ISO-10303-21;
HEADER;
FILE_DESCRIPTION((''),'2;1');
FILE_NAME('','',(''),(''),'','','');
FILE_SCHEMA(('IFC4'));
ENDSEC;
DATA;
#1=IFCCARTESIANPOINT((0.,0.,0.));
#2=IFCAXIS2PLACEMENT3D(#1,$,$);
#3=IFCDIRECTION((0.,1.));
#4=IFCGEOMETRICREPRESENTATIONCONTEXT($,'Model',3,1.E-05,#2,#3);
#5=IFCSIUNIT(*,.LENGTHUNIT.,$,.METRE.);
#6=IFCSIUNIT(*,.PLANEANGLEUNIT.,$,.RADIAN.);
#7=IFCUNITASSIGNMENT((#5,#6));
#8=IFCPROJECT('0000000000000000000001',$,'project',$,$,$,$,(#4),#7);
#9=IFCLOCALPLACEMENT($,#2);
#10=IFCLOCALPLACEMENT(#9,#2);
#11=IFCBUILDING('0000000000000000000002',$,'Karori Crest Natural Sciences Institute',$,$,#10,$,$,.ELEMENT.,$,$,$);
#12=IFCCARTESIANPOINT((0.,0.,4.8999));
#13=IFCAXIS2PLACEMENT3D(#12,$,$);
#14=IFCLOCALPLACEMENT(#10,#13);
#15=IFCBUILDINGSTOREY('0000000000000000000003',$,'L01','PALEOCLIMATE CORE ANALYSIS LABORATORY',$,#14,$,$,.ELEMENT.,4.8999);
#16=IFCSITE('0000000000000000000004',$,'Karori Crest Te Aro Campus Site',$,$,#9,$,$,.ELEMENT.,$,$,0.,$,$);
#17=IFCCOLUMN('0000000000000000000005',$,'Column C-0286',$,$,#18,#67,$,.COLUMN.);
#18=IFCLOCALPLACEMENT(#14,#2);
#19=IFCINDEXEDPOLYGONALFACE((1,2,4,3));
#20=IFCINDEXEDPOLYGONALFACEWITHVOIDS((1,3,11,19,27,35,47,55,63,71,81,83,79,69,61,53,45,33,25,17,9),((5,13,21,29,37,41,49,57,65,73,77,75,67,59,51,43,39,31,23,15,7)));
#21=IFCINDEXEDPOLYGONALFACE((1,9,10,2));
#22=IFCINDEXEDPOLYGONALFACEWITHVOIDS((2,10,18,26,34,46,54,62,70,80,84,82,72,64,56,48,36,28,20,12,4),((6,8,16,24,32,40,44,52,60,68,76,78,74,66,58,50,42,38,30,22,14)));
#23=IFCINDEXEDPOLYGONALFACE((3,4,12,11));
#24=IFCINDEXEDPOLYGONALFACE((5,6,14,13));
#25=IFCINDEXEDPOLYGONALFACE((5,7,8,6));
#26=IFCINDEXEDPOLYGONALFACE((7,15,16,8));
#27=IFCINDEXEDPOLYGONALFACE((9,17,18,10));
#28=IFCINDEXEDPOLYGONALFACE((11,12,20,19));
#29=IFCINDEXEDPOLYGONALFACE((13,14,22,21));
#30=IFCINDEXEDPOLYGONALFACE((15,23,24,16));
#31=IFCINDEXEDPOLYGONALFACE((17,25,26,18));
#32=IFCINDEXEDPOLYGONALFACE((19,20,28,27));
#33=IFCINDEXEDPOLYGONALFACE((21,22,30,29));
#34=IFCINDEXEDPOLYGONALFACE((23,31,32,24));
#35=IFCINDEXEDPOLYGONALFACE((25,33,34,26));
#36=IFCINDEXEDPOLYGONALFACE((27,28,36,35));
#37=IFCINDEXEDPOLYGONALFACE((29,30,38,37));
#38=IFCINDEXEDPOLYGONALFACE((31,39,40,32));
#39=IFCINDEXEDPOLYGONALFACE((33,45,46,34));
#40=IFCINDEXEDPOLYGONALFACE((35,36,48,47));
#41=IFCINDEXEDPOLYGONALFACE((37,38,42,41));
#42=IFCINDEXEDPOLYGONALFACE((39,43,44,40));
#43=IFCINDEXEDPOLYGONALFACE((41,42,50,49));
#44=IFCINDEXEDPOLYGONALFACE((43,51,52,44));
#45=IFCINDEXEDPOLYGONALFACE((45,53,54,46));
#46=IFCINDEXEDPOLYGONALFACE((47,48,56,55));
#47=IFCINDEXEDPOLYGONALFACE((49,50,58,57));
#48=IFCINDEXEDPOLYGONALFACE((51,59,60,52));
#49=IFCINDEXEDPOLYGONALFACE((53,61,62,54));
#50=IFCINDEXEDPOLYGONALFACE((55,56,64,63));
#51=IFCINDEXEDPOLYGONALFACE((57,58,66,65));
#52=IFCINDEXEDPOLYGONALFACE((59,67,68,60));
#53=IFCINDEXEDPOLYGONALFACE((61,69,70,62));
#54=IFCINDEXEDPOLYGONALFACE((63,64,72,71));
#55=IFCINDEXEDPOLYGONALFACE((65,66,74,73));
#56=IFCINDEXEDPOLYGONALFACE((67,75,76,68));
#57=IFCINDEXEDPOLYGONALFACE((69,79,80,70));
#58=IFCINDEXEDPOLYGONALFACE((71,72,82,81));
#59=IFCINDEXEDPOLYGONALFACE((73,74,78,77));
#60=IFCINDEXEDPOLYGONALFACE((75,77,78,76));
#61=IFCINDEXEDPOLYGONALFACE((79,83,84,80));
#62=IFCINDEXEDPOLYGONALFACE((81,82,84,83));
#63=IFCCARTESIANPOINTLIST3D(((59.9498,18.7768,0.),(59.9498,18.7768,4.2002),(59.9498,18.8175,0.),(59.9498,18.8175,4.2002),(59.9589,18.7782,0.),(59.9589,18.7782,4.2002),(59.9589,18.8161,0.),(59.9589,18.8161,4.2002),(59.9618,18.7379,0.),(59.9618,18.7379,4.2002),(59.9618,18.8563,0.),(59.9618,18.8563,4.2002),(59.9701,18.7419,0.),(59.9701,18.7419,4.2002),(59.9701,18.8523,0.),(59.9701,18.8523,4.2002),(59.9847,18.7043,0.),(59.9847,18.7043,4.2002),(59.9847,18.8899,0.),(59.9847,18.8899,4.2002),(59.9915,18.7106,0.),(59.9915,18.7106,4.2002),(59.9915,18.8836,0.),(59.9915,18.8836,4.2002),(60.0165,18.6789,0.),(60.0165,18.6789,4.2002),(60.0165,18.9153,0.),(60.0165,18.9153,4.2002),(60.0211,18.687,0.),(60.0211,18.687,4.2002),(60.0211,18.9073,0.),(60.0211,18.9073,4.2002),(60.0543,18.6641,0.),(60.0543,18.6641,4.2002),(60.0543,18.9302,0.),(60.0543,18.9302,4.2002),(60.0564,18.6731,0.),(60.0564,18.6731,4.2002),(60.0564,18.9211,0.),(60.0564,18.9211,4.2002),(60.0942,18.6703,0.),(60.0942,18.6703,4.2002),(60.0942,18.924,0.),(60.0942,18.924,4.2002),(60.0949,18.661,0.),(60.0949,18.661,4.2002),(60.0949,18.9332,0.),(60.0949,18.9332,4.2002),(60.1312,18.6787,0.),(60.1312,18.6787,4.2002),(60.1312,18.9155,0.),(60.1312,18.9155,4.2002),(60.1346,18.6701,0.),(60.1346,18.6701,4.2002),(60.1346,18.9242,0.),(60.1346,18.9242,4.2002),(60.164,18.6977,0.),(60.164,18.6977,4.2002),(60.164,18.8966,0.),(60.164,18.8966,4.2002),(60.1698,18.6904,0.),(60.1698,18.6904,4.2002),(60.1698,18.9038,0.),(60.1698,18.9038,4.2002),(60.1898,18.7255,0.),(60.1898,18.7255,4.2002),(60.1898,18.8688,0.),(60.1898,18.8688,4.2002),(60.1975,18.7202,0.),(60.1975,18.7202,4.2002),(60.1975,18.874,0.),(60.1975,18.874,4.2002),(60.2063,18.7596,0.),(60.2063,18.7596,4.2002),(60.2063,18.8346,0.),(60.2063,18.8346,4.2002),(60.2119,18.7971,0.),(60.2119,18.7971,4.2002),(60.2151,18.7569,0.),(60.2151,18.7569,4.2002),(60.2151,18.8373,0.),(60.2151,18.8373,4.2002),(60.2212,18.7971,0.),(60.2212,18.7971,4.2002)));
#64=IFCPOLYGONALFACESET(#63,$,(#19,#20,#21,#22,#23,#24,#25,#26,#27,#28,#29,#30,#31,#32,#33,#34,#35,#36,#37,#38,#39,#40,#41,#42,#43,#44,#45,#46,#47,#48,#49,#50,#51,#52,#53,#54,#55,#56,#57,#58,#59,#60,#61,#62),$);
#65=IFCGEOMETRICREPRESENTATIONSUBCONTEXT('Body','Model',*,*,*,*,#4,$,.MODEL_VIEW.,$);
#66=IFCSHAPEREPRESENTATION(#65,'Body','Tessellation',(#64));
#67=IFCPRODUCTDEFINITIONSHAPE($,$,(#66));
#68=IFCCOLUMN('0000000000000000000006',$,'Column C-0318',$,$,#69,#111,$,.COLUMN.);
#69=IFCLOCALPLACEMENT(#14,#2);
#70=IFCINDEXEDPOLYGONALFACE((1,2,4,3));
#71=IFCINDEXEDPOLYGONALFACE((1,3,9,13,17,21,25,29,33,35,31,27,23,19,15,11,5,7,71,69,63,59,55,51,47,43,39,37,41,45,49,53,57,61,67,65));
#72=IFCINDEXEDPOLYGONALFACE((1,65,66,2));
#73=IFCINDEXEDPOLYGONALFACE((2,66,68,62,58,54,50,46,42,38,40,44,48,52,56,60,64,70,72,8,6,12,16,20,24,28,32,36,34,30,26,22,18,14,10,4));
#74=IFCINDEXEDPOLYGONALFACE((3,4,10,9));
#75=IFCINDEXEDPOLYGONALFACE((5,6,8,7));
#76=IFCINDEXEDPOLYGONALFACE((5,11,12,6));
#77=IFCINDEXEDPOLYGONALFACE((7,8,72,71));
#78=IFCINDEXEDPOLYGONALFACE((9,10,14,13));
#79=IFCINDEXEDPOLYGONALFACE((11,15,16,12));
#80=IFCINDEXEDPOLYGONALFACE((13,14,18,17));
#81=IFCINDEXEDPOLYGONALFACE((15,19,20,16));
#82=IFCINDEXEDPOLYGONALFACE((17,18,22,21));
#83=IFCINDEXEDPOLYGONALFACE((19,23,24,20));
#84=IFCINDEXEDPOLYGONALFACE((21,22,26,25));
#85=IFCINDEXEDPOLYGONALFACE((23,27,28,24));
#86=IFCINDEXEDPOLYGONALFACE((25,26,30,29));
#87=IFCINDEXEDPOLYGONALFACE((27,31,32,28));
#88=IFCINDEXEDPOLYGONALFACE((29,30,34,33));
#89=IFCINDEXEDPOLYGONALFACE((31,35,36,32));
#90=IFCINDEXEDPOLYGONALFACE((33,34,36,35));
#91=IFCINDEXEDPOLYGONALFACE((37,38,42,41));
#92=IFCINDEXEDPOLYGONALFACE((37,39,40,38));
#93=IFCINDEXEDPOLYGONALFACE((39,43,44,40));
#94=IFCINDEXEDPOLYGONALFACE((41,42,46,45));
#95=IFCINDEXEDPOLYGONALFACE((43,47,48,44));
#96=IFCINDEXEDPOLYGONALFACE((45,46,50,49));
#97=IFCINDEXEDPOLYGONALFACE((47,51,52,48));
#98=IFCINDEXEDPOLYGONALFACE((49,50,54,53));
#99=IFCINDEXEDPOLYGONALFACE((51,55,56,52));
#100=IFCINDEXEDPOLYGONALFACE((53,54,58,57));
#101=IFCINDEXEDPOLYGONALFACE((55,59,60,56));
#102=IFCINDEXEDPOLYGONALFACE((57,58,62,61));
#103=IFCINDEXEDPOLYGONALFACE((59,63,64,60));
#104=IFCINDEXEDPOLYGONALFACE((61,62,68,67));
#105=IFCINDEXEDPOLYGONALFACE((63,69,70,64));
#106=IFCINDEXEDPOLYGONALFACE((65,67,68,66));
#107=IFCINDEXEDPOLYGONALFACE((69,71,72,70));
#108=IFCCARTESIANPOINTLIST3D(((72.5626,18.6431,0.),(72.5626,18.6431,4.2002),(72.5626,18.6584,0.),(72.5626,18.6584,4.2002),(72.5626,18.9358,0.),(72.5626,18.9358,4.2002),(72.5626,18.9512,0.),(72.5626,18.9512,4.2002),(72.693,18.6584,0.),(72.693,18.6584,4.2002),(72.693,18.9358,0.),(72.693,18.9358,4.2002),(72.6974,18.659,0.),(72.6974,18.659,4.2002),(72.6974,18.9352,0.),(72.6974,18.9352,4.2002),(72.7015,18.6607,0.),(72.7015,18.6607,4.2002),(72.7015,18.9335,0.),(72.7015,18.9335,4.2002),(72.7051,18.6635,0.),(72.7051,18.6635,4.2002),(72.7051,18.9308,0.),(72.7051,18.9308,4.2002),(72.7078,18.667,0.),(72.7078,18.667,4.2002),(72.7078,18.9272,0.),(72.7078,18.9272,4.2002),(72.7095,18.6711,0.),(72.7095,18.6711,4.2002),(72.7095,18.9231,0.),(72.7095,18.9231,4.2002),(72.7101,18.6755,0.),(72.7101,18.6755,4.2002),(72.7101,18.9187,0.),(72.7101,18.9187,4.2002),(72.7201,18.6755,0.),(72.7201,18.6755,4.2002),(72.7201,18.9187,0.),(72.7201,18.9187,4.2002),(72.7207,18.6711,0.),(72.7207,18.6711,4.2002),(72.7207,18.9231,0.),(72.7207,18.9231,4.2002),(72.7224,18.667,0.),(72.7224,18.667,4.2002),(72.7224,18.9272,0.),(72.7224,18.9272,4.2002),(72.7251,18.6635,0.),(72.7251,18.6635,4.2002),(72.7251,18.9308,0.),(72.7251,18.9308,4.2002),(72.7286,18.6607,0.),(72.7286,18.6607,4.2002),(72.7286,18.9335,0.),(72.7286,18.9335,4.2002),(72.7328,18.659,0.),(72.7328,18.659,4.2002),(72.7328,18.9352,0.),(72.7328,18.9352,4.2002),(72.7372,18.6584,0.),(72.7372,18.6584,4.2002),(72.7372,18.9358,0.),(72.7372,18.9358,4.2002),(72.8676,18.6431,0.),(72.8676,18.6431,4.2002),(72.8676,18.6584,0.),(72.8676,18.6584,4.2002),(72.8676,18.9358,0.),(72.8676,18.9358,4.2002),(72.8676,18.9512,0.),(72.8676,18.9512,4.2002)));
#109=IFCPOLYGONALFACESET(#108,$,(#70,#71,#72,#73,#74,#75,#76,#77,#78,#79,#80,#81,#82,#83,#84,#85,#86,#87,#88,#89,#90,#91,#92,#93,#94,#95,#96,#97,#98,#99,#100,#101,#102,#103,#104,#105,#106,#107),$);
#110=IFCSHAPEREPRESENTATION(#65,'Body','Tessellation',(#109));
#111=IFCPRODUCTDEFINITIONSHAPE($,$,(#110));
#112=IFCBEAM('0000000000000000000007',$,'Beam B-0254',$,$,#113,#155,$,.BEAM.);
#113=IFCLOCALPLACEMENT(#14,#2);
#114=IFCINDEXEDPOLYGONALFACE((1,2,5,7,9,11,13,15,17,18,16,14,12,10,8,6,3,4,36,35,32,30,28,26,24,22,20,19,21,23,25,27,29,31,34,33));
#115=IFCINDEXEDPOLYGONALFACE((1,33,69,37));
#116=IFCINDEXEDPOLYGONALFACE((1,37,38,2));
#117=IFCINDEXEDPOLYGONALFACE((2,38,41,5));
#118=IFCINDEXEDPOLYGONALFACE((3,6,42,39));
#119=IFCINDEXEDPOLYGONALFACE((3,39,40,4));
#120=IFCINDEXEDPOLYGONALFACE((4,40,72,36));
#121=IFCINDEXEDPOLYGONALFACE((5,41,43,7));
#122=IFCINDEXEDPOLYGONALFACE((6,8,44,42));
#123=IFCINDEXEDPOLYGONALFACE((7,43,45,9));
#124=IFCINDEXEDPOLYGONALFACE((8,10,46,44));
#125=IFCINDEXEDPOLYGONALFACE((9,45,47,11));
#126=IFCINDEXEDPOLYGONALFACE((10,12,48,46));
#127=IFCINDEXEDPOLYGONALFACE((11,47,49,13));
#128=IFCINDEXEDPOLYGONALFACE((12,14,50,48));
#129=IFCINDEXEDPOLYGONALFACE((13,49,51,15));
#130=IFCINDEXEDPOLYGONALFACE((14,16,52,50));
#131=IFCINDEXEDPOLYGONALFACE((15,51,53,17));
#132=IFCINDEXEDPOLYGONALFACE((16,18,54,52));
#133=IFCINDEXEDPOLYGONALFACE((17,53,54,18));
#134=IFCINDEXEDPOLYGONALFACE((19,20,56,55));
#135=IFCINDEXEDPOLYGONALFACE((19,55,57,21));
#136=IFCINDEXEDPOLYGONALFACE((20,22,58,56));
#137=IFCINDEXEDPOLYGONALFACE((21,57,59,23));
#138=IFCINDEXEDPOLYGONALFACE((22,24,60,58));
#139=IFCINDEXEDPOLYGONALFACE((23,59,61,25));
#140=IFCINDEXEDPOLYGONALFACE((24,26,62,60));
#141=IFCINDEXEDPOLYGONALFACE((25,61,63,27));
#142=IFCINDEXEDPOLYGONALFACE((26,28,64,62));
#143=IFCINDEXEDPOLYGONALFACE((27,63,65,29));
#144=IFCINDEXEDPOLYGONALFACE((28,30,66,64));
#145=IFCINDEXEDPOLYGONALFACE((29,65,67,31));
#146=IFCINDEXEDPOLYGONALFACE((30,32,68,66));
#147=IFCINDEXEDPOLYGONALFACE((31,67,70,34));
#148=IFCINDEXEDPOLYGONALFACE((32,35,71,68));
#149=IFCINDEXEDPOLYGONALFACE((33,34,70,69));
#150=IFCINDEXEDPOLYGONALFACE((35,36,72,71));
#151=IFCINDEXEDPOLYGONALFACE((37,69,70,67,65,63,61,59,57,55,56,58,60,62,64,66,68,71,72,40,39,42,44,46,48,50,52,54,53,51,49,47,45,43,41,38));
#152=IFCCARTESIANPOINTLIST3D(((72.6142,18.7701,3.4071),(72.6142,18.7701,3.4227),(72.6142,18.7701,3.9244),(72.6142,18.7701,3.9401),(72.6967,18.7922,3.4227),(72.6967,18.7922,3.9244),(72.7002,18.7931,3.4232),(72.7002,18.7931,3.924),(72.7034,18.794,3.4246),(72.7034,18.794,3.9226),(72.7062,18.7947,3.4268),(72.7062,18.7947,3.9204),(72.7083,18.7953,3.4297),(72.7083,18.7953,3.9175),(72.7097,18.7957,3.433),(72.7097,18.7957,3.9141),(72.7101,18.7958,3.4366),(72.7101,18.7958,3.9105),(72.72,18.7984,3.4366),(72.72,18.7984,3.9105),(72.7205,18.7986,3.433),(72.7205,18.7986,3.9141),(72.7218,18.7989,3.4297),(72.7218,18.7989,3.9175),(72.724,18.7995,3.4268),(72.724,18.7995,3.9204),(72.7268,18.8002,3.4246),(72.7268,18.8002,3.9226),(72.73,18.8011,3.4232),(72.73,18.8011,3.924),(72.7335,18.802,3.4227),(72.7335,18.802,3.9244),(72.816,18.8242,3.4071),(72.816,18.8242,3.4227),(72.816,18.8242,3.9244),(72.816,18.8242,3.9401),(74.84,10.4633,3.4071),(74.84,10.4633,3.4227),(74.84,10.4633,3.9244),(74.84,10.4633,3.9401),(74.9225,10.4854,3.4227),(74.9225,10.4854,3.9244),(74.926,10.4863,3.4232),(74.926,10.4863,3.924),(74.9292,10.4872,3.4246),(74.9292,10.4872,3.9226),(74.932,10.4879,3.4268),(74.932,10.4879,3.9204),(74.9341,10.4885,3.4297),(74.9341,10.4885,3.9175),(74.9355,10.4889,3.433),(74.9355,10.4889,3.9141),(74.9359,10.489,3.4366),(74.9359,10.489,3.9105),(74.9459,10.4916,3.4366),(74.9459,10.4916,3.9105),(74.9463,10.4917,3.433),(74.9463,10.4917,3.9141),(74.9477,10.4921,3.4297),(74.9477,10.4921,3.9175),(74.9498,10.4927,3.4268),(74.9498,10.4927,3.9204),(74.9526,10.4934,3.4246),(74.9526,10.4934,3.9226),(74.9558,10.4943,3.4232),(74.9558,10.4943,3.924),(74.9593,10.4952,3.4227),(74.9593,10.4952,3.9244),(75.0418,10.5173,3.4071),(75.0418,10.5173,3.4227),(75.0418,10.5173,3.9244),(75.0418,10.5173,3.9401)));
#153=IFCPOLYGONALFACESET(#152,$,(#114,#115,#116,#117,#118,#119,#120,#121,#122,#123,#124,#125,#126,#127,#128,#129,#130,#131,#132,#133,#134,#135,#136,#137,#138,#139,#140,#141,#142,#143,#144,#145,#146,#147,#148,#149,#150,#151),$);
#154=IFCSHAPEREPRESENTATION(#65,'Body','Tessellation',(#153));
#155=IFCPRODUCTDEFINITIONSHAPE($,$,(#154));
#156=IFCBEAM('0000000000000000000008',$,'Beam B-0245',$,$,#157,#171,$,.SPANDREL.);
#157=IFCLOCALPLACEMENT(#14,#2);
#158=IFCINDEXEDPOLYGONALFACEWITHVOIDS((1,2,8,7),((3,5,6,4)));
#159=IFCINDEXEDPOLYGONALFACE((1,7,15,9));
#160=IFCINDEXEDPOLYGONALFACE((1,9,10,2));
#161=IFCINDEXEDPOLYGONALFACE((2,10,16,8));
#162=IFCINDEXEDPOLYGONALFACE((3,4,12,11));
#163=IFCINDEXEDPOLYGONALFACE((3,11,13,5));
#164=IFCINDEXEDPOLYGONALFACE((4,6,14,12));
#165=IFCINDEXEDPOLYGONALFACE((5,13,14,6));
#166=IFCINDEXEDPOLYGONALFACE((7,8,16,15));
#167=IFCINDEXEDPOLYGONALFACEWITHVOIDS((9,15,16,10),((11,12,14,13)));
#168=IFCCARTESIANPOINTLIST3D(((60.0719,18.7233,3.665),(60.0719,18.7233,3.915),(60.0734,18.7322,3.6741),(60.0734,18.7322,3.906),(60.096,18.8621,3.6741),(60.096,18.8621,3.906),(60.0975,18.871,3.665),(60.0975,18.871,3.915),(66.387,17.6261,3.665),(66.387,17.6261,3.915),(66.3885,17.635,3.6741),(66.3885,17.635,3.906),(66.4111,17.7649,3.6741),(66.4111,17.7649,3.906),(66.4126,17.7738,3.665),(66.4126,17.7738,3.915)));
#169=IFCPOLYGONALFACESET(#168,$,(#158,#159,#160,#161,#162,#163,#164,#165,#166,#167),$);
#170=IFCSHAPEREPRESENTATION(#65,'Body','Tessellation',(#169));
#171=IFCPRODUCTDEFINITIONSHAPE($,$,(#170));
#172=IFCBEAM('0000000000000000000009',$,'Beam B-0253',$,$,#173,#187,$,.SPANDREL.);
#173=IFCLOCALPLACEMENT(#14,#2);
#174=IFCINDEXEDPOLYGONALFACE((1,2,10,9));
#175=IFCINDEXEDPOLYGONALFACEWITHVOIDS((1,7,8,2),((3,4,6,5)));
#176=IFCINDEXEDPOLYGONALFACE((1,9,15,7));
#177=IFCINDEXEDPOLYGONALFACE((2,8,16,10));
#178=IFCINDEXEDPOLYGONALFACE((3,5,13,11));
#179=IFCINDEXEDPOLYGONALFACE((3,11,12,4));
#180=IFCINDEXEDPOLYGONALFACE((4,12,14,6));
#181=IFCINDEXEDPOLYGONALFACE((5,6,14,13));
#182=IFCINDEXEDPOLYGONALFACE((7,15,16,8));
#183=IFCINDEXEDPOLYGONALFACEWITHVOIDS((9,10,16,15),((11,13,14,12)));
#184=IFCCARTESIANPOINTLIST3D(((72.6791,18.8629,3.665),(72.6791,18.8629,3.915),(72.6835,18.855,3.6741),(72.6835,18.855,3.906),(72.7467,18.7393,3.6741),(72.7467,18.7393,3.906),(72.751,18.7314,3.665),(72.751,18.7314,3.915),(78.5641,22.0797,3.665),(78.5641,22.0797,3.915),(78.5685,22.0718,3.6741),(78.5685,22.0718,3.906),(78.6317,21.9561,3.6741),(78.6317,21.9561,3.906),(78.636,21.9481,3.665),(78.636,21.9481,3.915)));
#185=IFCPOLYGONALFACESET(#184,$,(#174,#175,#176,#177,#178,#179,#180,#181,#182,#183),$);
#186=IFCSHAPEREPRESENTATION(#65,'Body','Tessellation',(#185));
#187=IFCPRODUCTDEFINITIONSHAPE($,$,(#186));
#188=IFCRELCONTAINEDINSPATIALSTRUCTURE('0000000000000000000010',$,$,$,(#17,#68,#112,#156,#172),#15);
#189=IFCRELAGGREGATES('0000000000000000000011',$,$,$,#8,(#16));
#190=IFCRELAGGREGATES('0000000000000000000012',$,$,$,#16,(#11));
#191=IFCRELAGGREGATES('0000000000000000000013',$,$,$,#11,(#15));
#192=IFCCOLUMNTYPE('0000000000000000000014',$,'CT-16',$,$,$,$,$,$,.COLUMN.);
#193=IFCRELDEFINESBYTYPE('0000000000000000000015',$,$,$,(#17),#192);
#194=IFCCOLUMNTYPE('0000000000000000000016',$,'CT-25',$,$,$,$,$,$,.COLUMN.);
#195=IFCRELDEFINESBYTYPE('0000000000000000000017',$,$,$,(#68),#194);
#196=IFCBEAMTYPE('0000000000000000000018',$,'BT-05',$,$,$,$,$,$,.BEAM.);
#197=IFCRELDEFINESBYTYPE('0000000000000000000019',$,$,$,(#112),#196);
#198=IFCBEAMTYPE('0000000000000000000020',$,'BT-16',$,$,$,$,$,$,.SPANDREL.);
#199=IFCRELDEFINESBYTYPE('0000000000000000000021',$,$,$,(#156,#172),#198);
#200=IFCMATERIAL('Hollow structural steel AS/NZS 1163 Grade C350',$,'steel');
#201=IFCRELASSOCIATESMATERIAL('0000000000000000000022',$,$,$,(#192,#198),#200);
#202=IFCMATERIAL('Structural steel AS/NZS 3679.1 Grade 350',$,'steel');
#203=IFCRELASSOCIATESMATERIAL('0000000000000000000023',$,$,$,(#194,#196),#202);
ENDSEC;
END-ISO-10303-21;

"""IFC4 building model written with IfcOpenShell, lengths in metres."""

from ifc_helpers import new_model, si_unit, direction, frame, origin, origin_2d, place, context, subcontext, project, spatial, hollow_rectangle, hollow_circle, i_section, extrude, material, material_profile, profile_set, type_object, element, save


model = new_model("IFC4")

# Units and contexts
model_context = context("Model", 3, precision=1e-05, world=origin(), true_north=direction((0.0, 1.0)))
body_context = subcontext(model_context, "Body", "Model", "MODEL_VIEW")
ifc_project = project(units=[si_unit("LENGTHUNIT", "METRE"), si_unit("PLANEANGLEUNIT", "RADIAN")], contexts=[model_context])

# Site, building, storey
site_placement = place(None, origin())
site = spatial("IfcSite", under=ifc_project, at=site_placement, Name="Karori Crest Te Aro Campus Site", CompositionType="ELEMENT", RefElevation=0.0)
building_placement = place(site_placement, origin())
building = spatial("IfcBuilding", under=site, at=building_placement, Name="Karori Crest Natural Sciences Institute", CompositionType="ELEMENT")
storey_placement = place(building_placement, frame((0.0, 0.0, 4.8999)))
storey = spatial("IfcBuildingStorey", under=building, at=storey_placement, Name="L01", Description="PALEOCLIMATE CORE ANALYSIS LABORATORY", CompositionType="ELEMENT", Elevation=4.8999)

# Columns
ifc_material_1 = material(Name="Hollow structural steel AS/NZS 1163 Grade C350", Category="steel")
ifc_material_profile_1 = material_profile(ifc_material_1, hollow_circle(Radius=0.1365, WallThickness=0.0093, at=origin_2d()), Name="CHS273.0x9.3")
ifc_profile_set_1 = profile_set([ifc_material_profile_1], Name="Hollow structural steel AS/NZS 1163 Grade C350")
column_type_1 = type_object("IfcColumnType", Name="CT-16", PredefinedType="COLUMN", material=ifc_profile_set_1)
column_1_placement = place(storey_placement, frame((60.0847, 18.7971, 0.0), z_axis=(0.0, 0.0, 1.0), x_axis=(1.0, 0.0, 0.0)))
element("IfcColumn", 1, at=column_1_placement, inside=storey, type_object=column_type_1, Name="Column C-0286", PredefinedType="COLUMN", context=body_context, shape_type="SweptSolid", body=[
    extrude(hollow_circle(Radius=0.1365, WallThickness=0.0093, at=origin_2d()), origin(), (0.0, 0.0, 1.0), 4.2002),
])
ifc_material_2 = material(Name="Structural steel AS/NZS 3679.1 Grade 350", Category="steel")
ifc_material_profile_2 = material_profile(ifc_material_2, i_section(OverallWidth=0.3049, OverallDepth=0.3081, WebThickness=0.01, FlangeThickness=0.0154, FilletRadius=0.0171, at=origin_2d()), Name="310UC96.8")
ifc_profile_set_2 = profile_set([ifc_material_profile_2], Name="Structural steel AS/NZS 3679.1 Grade 350")
column_type_2 = type_object("IfcColumnType", Name="CT-25", PredefinedType="COLUMN", material=ifc_profile_set_2)
column_2_placement = place(storey_placement, frame((72.7151, 18.7971, 0.0), z_axis=(0.0, 0.0, 1.0), x_axis=(1.0, 0.0, 0.0)))
element("IfcColumn", 2, at=column_2_placement, inside=storey, type_object=column_type_2, Name="Column C-0318", PredefinedType="COLUMN", context=body_context, shape_type="SweptSolid", body=[
    extrude(i_section(OverallWidth=0.3049, OverallDepth=0.3081, WebThickness=0.01, FlangeThickness=0.0154, FilletRadius=0.0171, at=origin_2d()), origin(), (0.0, 0.0, 1.0), 4.2002),
])

# Beams
ifc_material_profile_3 = material_profile(ifc_material_2, i_section(OverallWidth=0.209, OverallDepth=0.533, WebThickness=0.0103, FlangeThickness=0.0156, FilletRadius=0.0139, at=origin_2d()), Name="530UB92.4")
ifc_profile_set_3 = profile_set([ifc_material_profile_3], Name="Structural steel AS/NZS 3679.1 Grade 350")
beam_type_1 = type_object("IfcBeamType", Name="BT-05", PredefinedType="BEAM", material=ifc_profile_set_3)
beam_1_placement = place(storey_placement, frame((72.7151, 18.7971, 3.6736), z_axis=(0.25882, -0.965926, 0.0), x_axis=(0.965926, 0.25882, 0.0)))
element("IfcBeam", 3, at=beam_1_placement, inside=storey, type_object=beam_type_1, Name="Beam B-0254", PredefinedType="BEAM", context=body_context, shape_type="SweptSolid", body=[
    extrude(i_section(OverallWidth=0.209, OverallDepth=0.533, WebThickness=0.0103, FlangeThickness=0.0156, FilletRadius=0.0139, at=origin_2d()), origin(), (0.0, 0.0, 1.0), 8.5999),
])
ifc_material_profile_4 = material_profile(ifc_material_1, hollow_rectangle(XDim=0.1499, YDim=0.25, WallThickness=0.009, at=origin_2d()), Name="RHS250x150x9")
ifc_profile_set_4 = profile_set([ifc_material_profile_4], Name="Hollow structural steel AS/NZS 1163 Grade C350")
beam_type_2 = type_object("IfcBeamType", Name="BT-16", PredefinedType="SPANDREL", material=ifc_profile_set_4)
beam_2_placement = place(storey_placement, frame((60.0847, 18.7971, 3.79), z_axis=(0.985241, -0.171171, 0.0), x_axis=(0.171171, 0.985241, 0.0)))
element("IfcBeam", 4, at=beam_2_placement, inside=storey, type_object=beam_type_2, Name="Beam B-0245", PredefinedType="SPANDREL", context=body_context, shape_type="SweptSolid", body=[
    extrude(hollow_rectangle(XDim=0.1499, YDim=0.25, WallThickness=0.009, at=origin_2d()), origin(), (0.0, 0.0, 1.0), 6.4097),
])
beam_3_placement = place(storey_placement, frame((72.7151, 18.7971, 3.79), z_axis=(0.87747, 0.479632, 0.0), x_axis=(-0.479632, 0.87747, 0.0)))
element("IfcBeam", 5, at=beam_3_placement, inside=storey, type_object=beam_type_2, Name="Beam B-0253", PredefinedType="SPANDREL", context=body_context, shape_type="SweptSolid", body=[
    extrude(hollow_rectangle(XDim=0.1499, YDim=0.25, WallThickness=0.009, at=origin_2d()), origin(), (0.0, 0.0, 1.0), 6.7068),
])

save(model, "model.ifc")
